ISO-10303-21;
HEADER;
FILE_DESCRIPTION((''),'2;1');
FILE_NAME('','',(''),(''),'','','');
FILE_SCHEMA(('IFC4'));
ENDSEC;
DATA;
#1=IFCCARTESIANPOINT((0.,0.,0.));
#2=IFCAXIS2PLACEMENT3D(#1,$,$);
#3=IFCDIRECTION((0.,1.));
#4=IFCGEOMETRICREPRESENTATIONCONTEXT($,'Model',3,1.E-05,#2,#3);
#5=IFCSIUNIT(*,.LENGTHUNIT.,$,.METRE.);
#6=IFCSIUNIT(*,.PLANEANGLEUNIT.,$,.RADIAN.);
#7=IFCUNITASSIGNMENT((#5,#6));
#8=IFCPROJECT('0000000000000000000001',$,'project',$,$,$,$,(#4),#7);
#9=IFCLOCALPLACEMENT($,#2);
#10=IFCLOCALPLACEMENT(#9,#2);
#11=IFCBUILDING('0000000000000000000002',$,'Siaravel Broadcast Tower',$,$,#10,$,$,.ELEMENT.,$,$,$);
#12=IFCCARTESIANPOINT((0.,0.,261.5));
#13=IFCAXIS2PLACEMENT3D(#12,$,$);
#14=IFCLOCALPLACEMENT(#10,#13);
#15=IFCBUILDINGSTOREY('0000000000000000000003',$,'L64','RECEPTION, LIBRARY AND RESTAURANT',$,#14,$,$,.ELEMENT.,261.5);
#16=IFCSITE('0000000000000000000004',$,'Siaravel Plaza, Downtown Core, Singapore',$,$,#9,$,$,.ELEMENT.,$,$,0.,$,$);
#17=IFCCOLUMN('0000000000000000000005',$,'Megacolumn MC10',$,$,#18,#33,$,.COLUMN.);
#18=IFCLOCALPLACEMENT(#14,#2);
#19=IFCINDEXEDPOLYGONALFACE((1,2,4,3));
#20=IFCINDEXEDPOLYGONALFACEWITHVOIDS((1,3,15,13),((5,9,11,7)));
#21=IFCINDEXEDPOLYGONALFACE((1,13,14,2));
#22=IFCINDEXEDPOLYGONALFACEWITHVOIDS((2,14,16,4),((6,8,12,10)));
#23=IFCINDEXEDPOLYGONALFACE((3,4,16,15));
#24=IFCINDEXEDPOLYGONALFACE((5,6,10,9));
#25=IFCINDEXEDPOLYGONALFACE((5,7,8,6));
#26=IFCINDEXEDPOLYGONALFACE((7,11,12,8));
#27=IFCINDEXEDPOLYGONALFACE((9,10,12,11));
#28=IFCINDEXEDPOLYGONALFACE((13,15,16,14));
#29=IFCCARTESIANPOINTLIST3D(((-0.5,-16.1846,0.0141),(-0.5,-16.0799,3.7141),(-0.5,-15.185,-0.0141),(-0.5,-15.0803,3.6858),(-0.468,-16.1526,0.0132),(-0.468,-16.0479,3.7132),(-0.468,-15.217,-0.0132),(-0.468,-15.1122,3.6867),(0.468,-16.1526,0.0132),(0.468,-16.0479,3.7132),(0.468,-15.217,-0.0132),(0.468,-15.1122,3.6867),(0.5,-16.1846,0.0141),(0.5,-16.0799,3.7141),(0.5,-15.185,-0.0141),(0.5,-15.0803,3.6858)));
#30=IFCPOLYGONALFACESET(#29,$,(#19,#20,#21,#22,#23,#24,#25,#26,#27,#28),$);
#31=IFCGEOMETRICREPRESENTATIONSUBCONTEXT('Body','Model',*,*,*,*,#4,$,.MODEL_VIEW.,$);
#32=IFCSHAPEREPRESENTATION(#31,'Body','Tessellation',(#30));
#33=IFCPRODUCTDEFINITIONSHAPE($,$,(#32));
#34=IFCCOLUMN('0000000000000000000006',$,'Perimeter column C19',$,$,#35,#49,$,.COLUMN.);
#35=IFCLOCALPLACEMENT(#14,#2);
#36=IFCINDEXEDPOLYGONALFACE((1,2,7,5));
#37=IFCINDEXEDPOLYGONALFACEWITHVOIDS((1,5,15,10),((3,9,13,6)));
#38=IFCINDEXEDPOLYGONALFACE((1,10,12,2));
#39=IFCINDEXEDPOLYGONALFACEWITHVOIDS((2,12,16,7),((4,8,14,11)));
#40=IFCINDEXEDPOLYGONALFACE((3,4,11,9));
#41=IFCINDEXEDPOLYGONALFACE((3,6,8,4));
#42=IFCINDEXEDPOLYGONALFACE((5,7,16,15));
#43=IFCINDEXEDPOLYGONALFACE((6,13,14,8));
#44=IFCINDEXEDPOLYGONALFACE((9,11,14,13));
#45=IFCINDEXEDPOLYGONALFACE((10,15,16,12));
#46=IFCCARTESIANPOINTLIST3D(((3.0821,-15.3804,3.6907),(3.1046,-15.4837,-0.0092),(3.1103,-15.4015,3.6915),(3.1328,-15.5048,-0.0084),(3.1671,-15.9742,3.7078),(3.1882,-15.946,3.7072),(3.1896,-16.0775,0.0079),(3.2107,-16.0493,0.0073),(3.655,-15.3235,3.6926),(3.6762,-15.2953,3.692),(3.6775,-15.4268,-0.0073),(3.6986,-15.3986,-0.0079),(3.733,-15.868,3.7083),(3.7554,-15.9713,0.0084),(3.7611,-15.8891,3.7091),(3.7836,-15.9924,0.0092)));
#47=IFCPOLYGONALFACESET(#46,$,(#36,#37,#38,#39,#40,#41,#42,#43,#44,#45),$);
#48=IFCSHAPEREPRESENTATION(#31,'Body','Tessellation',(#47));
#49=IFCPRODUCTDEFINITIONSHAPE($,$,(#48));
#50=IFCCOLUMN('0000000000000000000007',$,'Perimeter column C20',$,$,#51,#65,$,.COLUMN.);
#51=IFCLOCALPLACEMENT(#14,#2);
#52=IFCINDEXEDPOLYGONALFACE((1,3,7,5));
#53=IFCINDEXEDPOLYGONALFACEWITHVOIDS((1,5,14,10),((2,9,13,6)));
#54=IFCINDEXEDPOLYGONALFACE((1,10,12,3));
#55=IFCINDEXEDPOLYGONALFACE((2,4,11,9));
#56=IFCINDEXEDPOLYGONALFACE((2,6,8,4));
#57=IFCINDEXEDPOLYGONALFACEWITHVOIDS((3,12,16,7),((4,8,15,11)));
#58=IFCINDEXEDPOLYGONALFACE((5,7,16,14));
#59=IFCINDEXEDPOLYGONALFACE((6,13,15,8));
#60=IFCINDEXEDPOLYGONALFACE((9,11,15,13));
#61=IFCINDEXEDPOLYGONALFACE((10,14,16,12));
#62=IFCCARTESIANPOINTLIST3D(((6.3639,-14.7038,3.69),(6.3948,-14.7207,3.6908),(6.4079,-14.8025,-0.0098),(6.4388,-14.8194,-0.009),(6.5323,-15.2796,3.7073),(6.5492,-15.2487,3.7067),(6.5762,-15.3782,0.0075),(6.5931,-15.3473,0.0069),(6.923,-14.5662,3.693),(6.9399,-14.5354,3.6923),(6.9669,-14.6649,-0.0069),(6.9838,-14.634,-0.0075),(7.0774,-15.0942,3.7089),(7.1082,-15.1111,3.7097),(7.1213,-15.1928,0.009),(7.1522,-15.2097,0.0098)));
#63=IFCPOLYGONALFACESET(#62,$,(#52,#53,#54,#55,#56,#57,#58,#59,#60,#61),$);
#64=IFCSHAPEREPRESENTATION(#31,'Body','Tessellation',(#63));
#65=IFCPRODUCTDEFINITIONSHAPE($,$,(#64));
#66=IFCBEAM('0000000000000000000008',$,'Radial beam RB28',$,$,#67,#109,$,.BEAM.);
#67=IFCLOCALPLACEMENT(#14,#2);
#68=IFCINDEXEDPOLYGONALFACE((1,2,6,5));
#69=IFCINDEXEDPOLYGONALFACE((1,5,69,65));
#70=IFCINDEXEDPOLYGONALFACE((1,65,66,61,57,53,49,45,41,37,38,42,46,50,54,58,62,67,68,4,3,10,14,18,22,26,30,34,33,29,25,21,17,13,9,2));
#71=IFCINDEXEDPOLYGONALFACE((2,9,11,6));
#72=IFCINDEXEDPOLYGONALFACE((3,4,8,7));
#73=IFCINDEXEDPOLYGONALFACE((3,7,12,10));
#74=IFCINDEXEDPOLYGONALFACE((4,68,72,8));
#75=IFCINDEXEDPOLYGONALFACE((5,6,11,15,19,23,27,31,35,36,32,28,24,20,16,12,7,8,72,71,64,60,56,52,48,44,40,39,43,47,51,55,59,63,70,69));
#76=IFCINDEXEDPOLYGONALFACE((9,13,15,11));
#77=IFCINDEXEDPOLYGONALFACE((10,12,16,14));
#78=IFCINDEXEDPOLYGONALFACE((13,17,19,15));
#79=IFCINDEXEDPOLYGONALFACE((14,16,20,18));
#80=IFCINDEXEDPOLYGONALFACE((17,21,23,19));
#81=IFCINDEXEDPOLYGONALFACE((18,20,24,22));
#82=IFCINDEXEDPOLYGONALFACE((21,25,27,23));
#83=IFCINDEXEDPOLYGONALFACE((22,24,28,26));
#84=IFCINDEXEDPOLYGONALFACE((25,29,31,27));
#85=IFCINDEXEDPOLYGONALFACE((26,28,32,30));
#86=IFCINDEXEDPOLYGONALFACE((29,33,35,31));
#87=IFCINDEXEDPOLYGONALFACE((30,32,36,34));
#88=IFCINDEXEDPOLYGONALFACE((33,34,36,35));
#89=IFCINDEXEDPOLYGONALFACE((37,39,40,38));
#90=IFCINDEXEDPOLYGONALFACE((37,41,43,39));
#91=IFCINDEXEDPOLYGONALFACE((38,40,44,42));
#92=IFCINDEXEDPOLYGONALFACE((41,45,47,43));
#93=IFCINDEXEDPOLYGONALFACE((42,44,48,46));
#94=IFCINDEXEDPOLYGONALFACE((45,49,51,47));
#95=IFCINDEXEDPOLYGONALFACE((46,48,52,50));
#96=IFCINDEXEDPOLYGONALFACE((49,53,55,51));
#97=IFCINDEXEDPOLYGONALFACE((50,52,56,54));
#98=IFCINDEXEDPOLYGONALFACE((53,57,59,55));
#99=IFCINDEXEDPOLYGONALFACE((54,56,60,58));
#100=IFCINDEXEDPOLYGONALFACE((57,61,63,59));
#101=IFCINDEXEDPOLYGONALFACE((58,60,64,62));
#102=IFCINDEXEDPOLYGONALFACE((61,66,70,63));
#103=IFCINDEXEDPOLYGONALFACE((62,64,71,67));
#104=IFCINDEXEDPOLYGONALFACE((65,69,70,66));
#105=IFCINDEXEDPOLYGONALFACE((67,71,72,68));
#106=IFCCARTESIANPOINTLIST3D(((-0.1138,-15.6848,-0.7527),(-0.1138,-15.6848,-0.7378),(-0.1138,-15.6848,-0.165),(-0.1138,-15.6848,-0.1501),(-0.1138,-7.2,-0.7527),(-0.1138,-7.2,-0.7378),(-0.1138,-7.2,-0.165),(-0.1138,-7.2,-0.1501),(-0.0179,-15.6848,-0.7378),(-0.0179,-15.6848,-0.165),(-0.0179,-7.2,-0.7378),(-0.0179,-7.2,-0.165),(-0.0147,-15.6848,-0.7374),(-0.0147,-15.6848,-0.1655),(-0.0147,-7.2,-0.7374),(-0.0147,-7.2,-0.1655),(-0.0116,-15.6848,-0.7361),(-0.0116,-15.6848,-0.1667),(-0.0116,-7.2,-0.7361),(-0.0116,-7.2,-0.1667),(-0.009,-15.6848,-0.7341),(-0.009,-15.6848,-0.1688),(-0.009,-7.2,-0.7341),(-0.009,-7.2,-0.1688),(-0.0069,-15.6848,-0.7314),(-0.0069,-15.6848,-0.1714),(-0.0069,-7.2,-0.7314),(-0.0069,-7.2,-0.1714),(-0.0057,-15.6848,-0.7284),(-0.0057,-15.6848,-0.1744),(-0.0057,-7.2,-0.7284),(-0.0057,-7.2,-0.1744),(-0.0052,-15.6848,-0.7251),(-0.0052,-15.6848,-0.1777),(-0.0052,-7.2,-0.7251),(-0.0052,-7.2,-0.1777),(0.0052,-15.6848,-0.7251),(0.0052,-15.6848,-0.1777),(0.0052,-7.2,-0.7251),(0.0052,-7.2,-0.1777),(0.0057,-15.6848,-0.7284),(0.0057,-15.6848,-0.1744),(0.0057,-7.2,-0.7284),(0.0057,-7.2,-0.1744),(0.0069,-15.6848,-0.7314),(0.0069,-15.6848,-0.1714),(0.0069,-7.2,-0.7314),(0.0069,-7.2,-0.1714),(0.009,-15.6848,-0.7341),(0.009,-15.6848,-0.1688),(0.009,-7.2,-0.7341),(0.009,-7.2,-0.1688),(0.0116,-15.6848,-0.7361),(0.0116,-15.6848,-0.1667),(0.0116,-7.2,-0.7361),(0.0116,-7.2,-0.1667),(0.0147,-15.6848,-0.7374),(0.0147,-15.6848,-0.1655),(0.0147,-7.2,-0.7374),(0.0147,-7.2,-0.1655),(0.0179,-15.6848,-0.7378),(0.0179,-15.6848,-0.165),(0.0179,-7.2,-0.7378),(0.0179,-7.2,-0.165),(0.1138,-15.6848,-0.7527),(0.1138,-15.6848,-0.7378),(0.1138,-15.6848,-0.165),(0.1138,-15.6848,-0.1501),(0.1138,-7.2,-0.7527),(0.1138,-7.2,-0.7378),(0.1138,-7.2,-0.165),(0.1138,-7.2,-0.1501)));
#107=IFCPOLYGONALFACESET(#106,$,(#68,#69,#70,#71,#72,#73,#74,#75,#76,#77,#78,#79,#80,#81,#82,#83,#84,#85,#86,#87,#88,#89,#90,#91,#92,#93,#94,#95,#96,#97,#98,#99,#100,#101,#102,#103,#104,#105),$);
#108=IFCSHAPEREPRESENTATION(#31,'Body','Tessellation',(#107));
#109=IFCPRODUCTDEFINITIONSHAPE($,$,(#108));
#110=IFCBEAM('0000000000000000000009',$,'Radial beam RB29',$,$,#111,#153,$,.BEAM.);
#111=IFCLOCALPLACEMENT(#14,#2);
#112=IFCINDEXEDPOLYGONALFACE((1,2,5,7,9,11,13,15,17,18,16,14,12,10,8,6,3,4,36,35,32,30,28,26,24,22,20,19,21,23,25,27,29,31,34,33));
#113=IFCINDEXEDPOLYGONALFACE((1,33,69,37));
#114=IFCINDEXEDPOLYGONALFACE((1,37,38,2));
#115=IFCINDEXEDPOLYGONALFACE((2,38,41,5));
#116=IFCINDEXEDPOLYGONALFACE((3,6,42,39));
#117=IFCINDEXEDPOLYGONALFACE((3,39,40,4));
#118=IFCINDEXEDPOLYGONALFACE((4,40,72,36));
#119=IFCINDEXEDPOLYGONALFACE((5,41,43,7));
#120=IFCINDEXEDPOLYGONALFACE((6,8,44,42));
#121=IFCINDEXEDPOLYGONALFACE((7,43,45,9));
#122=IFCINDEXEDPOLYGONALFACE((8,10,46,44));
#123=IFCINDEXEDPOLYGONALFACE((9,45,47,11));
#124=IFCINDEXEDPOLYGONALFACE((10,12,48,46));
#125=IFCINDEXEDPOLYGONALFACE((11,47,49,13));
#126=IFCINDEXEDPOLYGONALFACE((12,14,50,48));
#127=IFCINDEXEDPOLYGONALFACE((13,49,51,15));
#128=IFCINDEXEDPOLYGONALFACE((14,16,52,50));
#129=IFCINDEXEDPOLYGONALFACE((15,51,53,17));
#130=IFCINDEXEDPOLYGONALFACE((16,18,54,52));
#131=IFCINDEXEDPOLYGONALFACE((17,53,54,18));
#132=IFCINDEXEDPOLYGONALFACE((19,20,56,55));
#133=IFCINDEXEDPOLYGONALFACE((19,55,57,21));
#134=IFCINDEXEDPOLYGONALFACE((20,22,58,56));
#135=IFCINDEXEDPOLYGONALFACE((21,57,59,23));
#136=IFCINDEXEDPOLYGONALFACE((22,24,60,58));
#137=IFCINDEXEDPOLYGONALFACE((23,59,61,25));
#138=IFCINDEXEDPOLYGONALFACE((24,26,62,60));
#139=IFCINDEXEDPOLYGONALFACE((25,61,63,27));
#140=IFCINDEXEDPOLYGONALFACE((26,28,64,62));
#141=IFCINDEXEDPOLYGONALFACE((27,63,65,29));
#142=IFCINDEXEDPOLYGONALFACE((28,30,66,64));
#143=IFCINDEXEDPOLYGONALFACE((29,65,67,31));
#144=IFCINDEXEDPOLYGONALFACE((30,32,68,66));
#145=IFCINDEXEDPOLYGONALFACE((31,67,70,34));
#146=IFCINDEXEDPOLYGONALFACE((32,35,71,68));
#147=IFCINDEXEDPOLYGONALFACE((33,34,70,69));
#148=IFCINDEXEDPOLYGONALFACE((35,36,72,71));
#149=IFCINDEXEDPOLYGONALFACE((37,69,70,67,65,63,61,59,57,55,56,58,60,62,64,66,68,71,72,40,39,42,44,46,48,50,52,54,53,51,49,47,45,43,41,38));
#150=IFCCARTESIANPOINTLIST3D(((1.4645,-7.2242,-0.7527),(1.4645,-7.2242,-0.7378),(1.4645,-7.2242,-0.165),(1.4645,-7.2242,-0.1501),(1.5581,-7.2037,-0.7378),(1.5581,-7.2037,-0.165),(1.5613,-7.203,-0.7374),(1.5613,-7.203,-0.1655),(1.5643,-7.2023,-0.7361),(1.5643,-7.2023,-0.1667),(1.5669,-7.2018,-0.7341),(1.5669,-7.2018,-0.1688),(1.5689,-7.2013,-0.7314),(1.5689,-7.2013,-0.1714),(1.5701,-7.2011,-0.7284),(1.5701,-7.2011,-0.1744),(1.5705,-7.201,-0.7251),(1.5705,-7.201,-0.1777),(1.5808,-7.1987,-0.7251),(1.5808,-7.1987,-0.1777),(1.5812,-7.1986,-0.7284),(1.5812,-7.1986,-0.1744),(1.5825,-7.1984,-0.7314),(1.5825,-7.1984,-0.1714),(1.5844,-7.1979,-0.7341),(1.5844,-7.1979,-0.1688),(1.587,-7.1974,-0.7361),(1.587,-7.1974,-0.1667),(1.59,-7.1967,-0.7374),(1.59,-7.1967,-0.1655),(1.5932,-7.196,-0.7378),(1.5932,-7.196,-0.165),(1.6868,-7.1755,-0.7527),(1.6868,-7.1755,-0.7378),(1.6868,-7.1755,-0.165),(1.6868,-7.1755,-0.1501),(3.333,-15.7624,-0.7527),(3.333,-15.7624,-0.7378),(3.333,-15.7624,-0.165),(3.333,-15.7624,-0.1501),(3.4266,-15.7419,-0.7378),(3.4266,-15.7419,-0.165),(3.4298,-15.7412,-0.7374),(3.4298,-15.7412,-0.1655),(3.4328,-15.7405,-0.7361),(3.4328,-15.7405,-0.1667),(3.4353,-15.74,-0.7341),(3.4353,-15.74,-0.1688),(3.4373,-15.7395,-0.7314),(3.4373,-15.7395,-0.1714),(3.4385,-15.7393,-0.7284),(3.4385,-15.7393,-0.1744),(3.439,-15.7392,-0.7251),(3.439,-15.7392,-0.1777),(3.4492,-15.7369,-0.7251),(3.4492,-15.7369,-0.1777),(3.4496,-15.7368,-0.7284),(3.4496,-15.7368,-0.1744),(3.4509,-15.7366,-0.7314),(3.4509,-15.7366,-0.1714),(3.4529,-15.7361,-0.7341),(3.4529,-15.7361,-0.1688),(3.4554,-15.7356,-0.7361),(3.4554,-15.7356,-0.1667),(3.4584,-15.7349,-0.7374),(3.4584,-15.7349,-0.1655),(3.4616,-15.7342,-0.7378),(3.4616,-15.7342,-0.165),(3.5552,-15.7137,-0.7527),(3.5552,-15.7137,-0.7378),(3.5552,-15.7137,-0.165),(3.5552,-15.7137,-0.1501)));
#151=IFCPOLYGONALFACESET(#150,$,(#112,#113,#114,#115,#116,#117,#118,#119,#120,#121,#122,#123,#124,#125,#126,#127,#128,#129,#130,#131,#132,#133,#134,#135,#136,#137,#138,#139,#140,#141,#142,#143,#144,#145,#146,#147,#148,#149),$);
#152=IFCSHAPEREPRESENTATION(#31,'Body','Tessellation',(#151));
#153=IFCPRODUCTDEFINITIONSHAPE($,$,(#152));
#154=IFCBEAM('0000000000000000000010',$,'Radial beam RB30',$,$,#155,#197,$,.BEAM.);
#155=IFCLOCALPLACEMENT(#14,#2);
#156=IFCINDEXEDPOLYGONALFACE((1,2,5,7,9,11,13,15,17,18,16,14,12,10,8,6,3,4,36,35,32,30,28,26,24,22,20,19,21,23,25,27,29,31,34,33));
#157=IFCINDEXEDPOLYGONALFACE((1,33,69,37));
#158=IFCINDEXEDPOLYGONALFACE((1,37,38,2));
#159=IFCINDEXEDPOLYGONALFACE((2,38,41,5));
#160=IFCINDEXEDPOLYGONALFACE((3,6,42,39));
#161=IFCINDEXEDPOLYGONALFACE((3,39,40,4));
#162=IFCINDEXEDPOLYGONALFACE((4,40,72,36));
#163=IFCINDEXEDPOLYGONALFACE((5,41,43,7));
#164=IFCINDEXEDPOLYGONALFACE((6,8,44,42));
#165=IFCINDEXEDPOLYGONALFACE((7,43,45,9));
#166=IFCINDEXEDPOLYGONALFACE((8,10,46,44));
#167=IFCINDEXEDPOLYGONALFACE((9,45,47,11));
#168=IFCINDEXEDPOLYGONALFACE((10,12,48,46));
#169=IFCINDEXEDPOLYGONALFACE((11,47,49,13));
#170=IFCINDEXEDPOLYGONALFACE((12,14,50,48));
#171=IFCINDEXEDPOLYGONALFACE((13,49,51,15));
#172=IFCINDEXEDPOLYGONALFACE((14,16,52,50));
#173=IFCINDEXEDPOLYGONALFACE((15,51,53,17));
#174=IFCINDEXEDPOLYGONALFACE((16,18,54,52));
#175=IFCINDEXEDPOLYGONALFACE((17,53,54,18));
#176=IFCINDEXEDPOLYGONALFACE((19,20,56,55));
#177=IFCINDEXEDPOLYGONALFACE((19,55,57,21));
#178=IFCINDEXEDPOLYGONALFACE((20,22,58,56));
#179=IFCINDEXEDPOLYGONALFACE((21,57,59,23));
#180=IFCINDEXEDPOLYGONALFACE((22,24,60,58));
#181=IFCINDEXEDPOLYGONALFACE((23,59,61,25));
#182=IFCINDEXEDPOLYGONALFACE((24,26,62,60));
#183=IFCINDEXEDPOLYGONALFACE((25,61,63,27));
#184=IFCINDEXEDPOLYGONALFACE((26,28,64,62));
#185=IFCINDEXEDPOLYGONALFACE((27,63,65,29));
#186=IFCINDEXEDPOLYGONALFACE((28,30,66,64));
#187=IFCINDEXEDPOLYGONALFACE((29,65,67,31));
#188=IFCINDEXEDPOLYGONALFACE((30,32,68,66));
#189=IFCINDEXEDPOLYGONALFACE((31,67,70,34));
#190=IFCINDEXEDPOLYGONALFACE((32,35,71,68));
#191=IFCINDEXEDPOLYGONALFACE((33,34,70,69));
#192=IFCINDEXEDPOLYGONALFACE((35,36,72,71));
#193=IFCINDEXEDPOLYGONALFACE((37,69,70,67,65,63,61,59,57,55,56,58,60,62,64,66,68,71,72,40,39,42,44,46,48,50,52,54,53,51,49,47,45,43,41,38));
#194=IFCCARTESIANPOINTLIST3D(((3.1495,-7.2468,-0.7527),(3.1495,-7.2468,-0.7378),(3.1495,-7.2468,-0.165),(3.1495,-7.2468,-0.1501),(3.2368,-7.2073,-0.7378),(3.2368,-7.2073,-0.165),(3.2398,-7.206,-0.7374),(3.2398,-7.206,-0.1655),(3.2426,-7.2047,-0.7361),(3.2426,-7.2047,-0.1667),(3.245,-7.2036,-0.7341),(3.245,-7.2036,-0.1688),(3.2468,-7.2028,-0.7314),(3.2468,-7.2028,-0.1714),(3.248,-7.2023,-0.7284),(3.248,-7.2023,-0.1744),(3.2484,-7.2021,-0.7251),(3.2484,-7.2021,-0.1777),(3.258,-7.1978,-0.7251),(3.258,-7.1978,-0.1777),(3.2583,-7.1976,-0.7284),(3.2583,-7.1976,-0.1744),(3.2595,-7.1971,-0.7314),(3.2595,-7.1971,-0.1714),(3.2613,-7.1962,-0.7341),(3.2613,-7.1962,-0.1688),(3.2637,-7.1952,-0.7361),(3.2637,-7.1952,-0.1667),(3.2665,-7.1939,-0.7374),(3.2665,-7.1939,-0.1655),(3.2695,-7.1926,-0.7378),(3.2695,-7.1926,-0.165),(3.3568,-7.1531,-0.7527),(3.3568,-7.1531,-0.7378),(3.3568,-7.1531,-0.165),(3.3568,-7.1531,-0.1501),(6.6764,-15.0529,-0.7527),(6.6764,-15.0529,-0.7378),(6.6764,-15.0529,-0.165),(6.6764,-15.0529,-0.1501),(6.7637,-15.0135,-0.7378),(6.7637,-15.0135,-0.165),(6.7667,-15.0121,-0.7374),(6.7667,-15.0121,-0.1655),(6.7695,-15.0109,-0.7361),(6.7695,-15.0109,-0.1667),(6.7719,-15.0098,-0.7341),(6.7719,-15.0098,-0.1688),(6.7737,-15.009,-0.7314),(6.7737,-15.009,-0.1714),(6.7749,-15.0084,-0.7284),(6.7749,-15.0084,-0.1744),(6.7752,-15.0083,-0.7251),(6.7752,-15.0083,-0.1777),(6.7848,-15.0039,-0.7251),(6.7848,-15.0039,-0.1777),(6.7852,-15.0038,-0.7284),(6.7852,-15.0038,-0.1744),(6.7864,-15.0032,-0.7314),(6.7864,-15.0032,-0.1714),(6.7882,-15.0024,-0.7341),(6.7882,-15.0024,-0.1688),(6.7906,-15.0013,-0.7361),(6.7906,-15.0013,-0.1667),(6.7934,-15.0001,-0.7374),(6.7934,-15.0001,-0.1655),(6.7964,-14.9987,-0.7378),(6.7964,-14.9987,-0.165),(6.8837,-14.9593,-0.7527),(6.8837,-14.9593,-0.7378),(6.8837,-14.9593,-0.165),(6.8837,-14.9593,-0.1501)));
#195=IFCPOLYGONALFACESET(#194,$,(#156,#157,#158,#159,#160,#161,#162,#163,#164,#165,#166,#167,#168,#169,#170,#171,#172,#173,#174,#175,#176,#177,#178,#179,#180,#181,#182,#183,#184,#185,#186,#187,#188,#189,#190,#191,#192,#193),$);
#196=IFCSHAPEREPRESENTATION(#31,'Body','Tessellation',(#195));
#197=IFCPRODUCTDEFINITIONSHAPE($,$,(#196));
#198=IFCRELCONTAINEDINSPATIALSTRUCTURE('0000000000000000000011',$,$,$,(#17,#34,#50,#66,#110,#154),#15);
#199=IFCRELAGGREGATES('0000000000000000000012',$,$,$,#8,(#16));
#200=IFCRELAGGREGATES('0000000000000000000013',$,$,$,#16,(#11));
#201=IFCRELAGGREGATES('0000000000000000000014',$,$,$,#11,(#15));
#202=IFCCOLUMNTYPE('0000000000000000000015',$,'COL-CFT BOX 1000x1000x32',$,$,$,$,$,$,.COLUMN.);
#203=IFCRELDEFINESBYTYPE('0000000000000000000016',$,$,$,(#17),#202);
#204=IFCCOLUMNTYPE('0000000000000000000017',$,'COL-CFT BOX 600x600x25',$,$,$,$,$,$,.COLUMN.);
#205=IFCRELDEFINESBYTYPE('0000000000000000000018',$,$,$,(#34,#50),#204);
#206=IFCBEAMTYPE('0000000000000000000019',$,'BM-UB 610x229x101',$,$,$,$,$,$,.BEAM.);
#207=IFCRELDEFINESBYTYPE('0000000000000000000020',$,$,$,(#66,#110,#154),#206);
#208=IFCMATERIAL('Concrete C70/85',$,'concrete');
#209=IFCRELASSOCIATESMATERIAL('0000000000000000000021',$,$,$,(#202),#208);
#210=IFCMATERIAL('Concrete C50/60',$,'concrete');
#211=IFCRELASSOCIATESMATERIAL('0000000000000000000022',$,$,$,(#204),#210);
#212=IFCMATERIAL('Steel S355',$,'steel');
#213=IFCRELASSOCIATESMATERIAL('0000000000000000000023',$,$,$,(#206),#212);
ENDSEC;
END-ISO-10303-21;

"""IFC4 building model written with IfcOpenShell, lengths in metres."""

from ifc_helpers import new_model, si_unit, direction, frame, origin, origin_2d, place, context, subcontext, project, spatial, hollow_rectangle, i_section, extrude, material, material_profile, profile_set, type_object, element, save


model = new_model("IFC4")

# Units and contexts
model_context = context("Model", 3, precision=1e-05, world=origin(), true_north=direction((0.0, 1.0)))
body_context = subcontext(model_context, "Body", "Model", "MODEL_VIEW")
ifc_project = project(units=[si_unit("LENGTHUNIT", "METRE"), si_unit("PLANEANGLEUNIT", "RADIAN")], contexts=[model_context])

# Site, building, storey
site_placement = place(None, origin())
site = spatial("IfcSite", under=ifc_project, at=site_placement, Name="Siaravel Plaza, Downtown Core, Singapore", CompositionType="ELEMENT", RefElevation=0.0)
building_placement = place(site_placement, origin())
building = spatial("IfcBuilding", under=site, at=building_placement, Name="Siaravel Broadcast Tower", CompositionType="ELEMENT")
storey_placement = place(building_placement, frame((0.0, 0.0, 261.5)))
storey = spatial("IfcBuildingStorey", under=building, at=storey_placement, Name="L64", Description="RECEPTION, LIBRARY AND RESTAURANT", CompositionType="ELEMENT", Elevation=261.5)

# Columns
ifc_material_1 = material(Name="Concrete C70/85", Category="concrete")
ifc_material_profile_1 = material_profile(ifc_material_1, hollow_rectangle(XDim=1.0, YDim=1.0, WallThickness=0.032, at=origin_2d()))
ifc_profile_set_1 = profile_set([ifc_material_profile_1], Name="Concrete C70/85")
column_type_1 = type_object("IfcColumnType", Name="COL-CFT BOX 1000x1000x32", PredefinedType="COLUMN", material=ifc_profile_set_1)
column_placement = place(storey_placement, frame((0.0, -15.6848, 0.0), z_axis=(0.0, 0.028296, 0.9996), x_axis=(-1.0, 0.0, 0.0)))
element("IfcColumn", 1, at=column_placement, inside=storey, type_object=column_type_1, Name="Megacolumn MC10", PredefinedType="COLUMN", context=body_context, shape_type="SweptSolid", body=[
    extrude(hollow_rectangle(XDim=1.0, YDim=1.0, WallThickness=0.032, at=origin_2d()), origin(), (0.0, 0.0, 1.0), 3.7014),
])
ifc_material_2 = material(Name="Concrete C50/60", Category="concrete")
ifc_material_profile_2 = material_profile(ifc_material_2, hollow_rectangle(XDim=0.6001, YDim=0.6001, WallThickness=0.0249, at=origin_2d()))
ifc_profile_set_2 = profile_set([ifc_material_profile_2], Name="Concrete C50/60")
column_type_2 = type_object("IfcColumnType", Name="COL-CFT BOX 600x600x25", PredefinedType="COLUMN", material=ifc_profile_set_2)
for number, where, z_axis, x_axis, name in (
    (2, (3.4441, -15.738, 0.0), (-0.006068, 0.0279, 0.999592), (-0.989905, -0.141714, -0.002054), "Perimeter column C19"),
    (3, (6.78, -15.0061, 0.0), (-0.011872, 0.026647, 0.999574), (-0.959772, -0.280754, -0.003915), "Perimeter column C20"),
):
    element("IfcColumn", number, at=place(storey_placement, frame(where, z_axis=z_axis, x_axis=x_axis)), inside=storey, type_object=column_type_2, Name=name, PredefinedType="COLUMN", context=body_context, shape_type="SweptSolid", body=[
        extrude(hollow_rectangle(XDim=0.6001, YDim=0.6001, WallThickness=0.0249, at=origin_2d()), origin(), (0.0, 0.0, 1.0), 3.7014),
    ])

# Beams
ifc_material_3 = material(Name="Steel S355", Category="steel")
ifc_material_profile_3 = material_profile(ifc_material_3, i_section(OverallWidth=0.2275, OverallDepth=0.6025, WebThickness=0.0105, FlangeThickness=0.0149, FilletRadius=0.0127, at=origin_2d()))
ifc_profile_set_3 = profile_set([ifc_material_profile_3], Name="Steel S355")
beam_type = type_object("IfcBeamType", Name="BM-UB 610x229x101", PredefinedType="BEAM", material=ifc_profile_set_3)
beam_1_placement = place(storey_placement, frame((0.0, -15.6848, -0.4514), z_axis=(0.0, 1.0, 0.0), x_axis=(-1.0, 0.0, 0.0)))
element("IfcBeam", 4, at=beam_1_placement, inside=storey, type_object=beam_type, Name="Radial beam RB28", PredefinedType="BEAM", context=body_context, shape_type="SweptSolid", body=[
    extrude(i_section(OverallWidth=0.2275, OverallDepth=0.6025, WebThickness=0.0105, FlangeThickness=0.0149, FilletRadius=0.0127, at=origin_2d()), origin(), (0.0, 0.0, 1.0), 8.4849),
])
beam_2_placement = place(storey_placement, frame((3.4441, -15.738, -0.4514), z_axis=(-0.213774, 0.976883, 0.0), x_axis=(-0.976883, -0.213774, 0.0)))
element("IfcBeam", 5, at=beam_2_placement, inside=storey, type_object=beam_type, Name="Radial beam RB29", PredefinedType="BEAM", context=body_context, shape_type="SweptSolid", body=[
    extrude(i_section(OverallWidth=0.2275, OverallDepth=0.6025, WebThickness=0.0105, FlangeThickness=0.0149, FilletRadius=0.0127, at=origin_2d()), origin(), (0.0, 0.0, 1.0), 8.7402),
])
beam_3_placement = place(storey_placement, frame((6.78, -15.0061, -0.4514), z_axis=(-0.411732, 0.911305, 0.0), x_axis=(-0.911305, -0.411732, 0.0)))
element("IfcBeam", 6, at=beam_3_placement, inside=storey, type_object=beam_type, Name="Radial beam RB30", PredefinedType="BEAM", context=body_context, shape_type="SweptSolid", body=[
    extrude(i_section(OverallWidth=0.2275, OverallDepth=0.6025, WebThickness=0.0105, FlangeThickness=0.0149, FilletRadius=0.0127, at=origin_2d()), origin(), (0.0, 0.0, 1.0), 8.5659),
])

save(model, "model.ifc")
